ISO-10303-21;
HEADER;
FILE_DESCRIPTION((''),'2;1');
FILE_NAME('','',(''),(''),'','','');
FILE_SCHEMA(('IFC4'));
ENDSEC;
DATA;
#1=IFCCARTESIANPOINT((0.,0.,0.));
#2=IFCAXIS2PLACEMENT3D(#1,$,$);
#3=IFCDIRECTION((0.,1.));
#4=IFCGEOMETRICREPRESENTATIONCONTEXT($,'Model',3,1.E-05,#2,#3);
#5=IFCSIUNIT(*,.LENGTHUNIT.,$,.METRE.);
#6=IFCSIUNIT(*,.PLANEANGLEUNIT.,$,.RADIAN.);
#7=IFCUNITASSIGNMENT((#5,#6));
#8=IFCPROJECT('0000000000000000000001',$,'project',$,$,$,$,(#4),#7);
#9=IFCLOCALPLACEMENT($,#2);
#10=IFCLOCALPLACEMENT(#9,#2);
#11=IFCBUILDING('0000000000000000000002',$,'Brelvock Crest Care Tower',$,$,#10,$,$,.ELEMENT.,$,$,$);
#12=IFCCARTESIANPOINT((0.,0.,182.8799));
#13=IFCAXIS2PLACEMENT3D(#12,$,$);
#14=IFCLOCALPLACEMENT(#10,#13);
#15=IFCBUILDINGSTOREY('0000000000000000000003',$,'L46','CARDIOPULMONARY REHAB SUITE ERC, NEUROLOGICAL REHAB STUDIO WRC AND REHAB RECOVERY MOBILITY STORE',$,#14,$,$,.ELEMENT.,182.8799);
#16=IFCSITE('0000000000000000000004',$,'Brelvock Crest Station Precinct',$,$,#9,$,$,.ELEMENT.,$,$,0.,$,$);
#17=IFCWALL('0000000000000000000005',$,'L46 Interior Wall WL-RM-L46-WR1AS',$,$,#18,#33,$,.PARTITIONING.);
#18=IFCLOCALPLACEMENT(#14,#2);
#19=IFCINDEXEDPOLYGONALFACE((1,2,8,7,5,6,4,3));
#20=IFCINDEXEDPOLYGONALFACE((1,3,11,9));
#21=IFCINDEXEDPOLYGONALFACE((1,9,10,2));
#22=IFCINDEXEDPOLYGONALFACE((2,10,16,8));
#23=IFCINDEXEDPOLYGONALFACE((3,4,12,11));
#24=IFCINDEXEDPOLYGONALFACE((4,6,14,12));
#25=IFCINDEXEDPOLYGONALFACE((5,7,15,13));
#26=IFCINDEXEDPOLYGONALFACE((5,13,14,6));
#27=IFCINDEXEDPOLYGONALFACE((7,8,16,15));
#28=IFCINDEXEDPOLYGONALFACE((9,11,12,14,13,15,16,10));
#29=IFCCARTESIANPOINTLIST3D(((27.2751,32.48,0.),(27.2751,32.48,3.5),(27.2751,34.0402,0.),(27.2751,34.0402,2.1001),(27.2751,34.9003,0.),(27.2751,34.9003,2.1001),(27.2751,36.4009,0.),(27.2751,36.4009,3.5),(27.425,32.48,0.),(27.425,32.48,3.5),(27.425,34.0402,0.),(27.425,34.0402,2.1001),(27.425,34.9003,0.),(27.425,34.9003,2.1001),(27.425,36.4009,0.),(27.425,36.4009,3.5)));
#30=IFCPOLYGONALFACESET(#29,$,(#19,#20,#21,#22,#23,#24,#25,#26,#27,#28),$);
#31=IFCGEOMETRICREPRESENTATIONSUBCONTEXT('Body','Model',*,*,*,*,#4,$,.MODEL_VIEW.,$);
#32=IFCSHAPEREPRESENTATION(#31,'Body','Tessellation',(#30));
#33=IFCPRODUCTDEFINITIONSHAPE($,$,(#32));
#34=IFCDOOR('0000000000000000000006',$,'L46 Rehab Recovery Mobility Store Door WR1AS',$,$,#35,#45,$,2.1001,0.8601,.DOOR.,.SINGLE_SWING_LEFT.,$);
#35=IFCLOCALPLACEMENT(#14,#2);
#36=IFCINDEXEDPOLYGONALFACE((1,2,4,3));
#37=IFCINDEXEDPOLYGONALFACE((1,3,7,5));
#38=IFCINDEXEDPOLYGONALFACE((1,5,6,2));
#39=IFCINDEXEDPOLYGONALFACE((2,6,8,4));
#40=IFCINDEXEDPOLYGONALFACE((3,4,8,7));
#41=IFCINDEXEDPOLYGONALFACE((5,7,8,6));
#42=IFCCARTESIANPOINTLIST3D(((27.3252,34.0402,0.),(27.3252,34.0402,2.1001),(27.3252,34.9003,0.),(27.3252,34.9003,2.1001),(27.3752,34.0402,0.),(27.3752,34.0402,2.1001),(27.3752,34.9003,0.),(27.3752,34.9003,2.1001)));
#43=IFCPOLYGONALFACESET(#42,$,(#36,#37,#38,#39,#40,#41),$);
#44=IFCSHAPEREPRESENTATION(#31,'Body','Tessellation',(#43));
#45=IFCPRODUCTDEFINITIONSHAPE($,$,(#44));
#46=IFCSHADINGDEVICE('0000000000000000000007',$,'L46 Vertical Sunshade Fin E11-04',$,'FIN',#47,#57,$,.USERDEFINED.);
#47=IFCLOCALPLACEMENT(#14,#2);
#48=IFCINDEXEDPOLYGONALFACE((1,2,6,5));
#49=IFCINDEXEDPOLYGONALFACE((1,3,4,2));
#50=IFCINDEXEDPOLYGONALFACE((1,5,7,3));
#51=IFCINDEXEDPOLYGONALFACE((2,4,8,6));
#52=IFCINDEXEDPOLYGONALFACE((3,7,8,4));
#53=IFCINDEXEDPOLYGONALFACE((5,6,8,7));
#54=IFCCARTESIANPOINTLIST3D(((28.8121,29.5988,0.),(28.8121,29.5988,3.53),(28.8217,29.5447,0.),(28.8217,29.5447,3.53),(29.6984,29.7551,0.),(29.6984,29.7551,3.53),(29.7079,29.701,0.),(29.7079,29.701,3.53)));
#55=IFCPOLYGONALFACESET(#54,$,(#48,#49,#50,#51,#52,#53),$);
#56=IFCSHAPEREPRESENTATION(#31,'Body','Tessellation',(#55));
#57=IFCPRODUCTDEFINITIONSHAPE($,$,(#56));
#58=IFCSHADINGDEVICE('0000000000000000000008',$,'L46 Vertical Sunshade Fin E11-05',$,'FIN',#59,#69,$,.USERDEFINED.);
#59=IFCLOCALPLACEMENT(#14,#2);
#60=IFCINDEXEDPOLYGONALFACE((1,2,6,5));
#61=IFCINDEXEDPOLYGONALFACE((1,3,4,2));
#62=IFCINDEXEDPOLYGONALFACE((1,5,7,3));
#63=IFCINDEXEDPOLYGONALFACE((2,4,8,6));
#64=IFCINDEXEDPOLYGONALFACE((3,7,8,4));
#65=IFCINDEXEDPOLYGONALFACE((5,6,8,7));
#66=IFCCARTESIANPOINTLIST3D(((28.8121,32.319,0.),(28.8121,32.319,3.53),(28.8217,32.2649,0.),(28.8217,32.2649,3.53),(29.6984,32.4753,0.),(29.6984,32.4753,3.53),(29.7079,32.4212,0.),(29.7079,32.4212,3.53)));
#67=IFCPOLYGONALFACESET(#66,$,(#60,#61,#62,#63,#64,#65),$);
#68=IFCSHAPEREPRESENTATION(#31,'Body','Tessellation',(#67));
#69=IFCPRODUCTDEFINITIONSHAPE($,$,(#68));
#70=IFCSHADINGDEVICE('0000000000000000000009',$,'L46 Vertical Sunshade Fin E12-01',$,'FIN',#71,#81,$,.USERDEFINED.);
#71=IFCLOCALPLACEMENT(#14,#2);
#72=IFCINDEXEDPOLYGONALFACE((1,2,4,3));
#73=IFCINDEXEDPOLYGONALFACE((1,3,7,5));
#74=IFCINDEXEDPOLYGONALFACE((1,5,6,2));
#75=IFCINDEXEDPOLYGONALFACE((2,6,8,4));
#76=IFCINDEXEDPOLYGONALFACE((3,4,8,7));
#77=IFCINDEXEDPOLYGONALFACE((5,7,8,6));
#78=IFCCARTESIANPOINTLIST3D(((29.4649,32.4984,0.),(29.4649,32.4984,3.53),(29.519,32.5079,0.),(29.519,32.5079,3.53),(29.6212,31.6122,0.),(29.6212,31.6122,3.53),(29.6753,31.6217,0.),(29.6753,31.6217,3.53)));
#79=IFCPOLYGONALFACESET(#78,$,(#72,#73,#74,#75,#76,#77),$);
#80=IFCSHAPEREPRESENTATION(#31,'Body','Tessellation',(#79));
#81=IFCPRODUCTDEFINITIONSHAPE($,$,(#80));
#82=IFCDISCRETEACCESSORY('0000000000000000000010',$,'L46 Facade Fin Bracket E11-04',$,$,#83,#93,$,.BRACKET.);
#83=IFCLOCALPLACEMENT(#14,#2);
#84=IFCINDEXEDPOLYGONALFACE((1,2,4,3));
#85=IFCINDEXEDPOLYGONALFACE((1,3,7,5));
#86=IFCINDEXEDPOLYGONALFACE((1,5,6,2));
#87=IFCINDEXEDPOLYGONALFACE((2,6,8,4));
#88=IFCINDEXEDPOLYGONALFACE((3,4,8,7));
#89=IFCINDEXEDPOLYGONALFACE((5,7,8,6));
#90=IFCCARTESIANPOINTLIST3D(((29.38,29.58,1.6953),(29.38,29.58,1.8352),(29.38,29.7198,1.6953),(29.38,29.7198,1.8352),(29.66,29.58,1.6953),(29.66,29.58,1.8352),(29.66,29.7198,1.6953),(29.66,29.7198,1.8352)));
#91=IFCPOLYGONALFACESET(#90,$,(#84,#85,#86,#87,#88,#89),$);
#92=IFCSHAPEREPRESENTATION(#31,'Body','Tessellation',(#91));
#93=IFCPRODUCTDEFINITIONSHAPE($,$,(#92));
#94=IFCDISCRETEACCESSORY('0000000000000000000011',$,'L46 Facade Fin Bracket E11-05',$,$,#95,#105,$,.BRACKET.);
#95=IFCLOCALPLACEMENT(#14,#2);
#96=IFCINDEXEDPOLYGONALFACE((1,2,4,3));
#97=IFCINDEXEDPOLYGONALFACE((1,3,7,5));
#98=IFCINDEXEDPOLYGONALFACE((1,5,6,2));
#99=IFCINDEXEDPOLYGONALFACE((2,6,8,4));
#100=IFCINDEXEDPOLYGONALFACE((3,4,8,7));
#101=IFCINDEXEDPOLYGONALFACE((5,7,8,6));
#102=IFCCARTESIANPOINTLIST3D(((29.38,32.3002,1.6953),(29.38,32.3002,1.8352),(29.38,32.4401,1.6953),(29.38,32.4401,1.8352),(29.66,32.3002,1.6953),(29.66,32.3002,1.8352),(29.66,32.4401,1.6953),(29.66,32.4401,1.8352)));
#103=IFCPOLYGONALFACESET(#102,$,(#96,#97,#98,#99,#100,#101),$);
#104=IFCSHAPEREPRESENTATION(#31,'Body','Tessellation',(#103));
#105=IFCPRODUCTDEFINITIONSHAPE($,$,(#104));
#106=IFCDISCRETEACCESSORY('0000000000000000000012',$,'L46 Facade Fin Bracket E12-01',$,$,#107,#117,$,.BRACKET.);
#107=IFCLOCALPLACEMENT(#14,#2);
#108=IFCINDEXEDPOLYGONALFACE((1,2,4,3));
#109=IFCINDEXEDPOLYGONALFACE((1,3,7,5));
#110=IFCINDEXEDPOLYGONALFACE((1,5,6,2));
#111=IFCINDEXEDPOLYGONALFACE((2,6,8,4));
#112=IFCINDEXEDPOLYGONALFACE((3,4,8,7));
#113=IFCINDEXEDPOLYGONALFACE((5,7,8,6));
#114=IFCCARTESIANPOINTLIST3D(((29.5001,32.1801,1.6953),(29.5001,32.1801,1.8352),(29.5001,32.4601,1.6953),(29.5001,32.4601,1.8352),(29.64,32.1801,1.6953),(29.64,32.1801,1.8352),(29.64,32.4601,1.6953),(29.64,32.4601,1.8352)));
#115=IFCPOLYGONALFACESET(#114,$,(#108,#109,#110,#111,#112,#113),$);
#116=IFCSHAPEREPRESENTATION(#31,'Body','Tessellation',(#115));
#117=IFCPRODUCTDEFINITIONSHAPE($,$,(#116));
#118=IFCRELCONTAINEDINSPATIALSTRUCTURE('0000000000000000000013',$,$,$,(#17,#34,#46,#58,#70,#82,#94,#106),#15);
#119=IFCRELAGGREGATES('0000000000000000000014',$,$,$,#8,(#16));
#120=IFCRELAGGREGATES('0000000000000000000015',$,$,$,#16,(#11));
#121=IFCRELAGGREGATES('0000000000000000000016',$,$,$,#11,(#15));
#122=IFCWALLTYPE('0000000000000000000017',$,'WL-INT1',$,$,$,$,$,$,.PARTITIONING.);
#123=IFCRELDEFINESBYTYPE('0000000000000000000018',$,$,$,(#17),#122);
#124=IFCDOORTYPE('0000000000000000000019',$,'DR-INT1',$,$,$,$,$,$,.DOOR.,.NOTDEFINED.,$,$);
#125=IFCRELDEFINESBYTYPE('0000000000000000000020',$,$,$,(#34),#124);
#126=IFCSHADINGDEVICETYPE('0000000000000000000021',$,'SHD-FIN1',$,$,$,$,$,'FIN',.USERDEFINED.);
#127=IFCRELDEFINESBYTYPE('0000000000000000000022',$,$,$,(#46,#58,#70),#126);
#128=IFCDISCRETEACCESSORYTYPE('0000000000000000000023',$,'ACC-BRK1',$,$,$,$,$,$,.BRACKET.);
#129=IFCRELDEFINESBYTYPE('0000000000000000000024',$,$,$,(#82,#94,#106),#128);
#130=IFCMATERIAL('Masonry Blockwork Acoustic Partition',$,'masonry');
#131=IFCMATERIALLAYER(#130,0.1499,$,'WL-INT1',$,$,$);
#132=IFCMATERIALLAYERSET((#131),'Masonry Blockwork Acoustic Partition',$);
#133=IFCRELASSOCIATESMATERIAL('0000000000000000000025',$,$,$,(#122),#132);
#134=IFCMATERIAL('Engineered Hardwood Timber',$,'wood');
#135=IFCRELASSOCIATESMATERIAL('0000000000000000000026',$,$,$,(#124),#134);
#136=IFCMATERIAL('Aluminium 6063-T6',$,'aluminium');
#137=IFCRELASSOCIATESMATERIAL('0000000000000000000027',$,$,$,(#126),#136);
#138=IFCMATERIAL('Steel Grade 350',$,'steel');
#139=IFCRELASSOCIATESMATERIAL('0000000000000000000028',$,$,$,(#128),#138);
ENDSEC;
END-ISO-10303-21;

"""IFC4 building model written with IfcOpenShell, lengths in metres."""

from ifc_helpers import new_model, si_unit, direction, frame, frame_2d, origin, origin_2d, place, context, subcontext, project, spatial, rectangle, extrude, source, transform, mapped, material, layer, layer_set, material_profile, profile_set, type_object, element, fill, save


model = new_model("IFC4")

# Units and contexts
model_context = context("Model", 3, precision=1e-05, world=origin(), true_north=direction((0.0, 1.0)))
body_context = subcontext(model_context, "Body", "Model", "MODEL_VIEW")
ifc_project = project(units=[si_unit("LENGTHUNIT", "METRE"), si_unit("PLANEANGLEUNIT", "RADIAN")], contexts=[model_context])

# Site, building, storey
site_placement = place(None, origin())
site = spatial("IfcSite", under=ifc_project, at=site_placement, Name="Brelvock Crest Station Precinct", CompositionType="ELEMENT", RefElevation=0.0)
building_placement = place(site_placement, origin())
building = spatial("IfcBuilding", under=site, at=building_placement, Name="Brelvock Crest Care Tower", CompositionType="ELEMENT")
storey_placement = place(building_placement, frame((0.0, 0.0, 182.8799)))
storey = spatial("IfcBuildingStorey", under=building, at=storey_placement, Name="L46", Description="CARDIOPULMONARY REHAB SUITE ERC, NEUROLOGICAL REHAB STUDIO WRC AND REHAB RECOVERY MOBILITY STORE", CompositionType="ELEMENT", Elevation=182.8799)

# Shared definitions
ifc_material_1 = material(Name="Steel Grade 350", Category="steel")

# Shared definitions
ifc_material_2 = material(Name="Aluminium 6063-T6", Category="aluminium")

# Shared definitions
ifc_material_3 = material(Name="Masonry Blockwork Acoustic Partition", Category="masonry")
ifc_layer_1 = layer(ifc_material_3, 0.1499, Name="WL-INT1")
ifc_layer_set_1 = layer_set([ifc_layer_1], Name="Masonry Blockwork Acoustic Partition")
wall_type = type_object("IfcWallType", Name="WL-INT1", PredefinedType="PARTITIONING", material=ifc_layer_set_1)

# Wall, opening, door
wall_1_placement = place(storey_placement, frame((27.3501, 32.48, 0.0), z_axis=(0.0, 0.0, 1.0), x_axis=(0.0, 1.0, 0.0)))
wall_1 = element("IfcWall", 1, at=wall_1_placement, inside=storey, type_object=wall_type, Name="L46 Interior Wall WL-RM-L46-WR1AS", PredefinedType="PARTITIONING", context=body_context, shape_type="SweptSolid", body=[
    extrude(rectangle(XDim=3.9209, YDim=0.1499, at=frame_2d((1.9604, 0.0))), origin(), (0.0, 0.0, 1.0), 3.5),
])
opening_placement = place(wall_1_placement, frame((1.5601, 0.0, 0.0)))
opening = element("IfcOpeningElement", 2, at=opening_placement, cuts=wall_1, PredefinedType="OPENING", context=body_context, shape_type="SweptSolid", body=[
    extrude(rectangle(XDim=0.8601, YDim=2.1001, at=origin_2d()), frame((0.4302, 0.085, 1.05), z_axis=(0.0, -1.0, 0.0), x_axis=(1.0, 0.0, 0.0)), (0.0, 0.0, 1.0), 0.1699),
])
ifc_material_4 = material(Name="Engineered Hardwood Timber", Category="wood")
door_type = type_object("IfcDoorType", Name="DR-INT1", OperationType="NOTDEFINED", PredefinedType="DOOR", material=ifc_material_4)
shared_shape_1 = source(origin(), body_context, "Body", "SweptSolid", [
    extrude(rectangle(XDim=0.8601, YDim=2.1001, at=origin_2d()), frame((0.4302, 0.0249, 1.05), z_axis=(0.0, -1.0, 0.0), x_axis=(1.0, 0.0, 0.0)), (0.0, 0.0, 1.0), 0.05),
])
door_placement = place(opening_placement, origin())
door = element("IfcDoor", 3, at=door_placement, inside=storey, type_object=door_type, Name="L46 Rehab Recovery Mobility Store Door WR1AS", OperationType="SINGLE_SWING_LEFT", OverallHeight=2.1001, OverallWidth=0.8601, PredefinedType="DOOR", context=body_context, shape_type="MappedRepresentation", body=[
    mapped(shared_shape_1, transform((0.0, 0.0, 0.0), x_axis=(1.0, 0.0, 0.0), y_axis=(0.0, 1.0, 0.0), z_axis=(0.0, 0.0, 1.0), scale=1.0)),
])
fill(opening, door)

# Shading devices
ifc_material_profile_1 = material_profile(ifc_material_2, rectangle(XDim=0.0549, YDim=0.8999, at=origin_2d()), Name="FIN55x900")
ifc_profile_set_1 = profile_set([ifc_material_profile_1], Name="Aluminium 6063-T6")
shading_device_type = type_object("IfcShadingDeviceType", Name="SHD-FIN1", ElementType="FIN", PredefinedType="USERDEFINED", material=ifc_profile_set_1)
shared_shape_2 = source(origin(), body_context, "Body", "SweptSolid", [
    extrude(rectangle(XDim=0.0549, YDim=0.8999, at=origin_2d()), origin(), (0.0, 0.0, 1.0), 3.53),
])
for number, where, z_axis, x_axis, name in (
    (4, (29.26, 29.6499, 0.0), (0.0, 0.0, 1.0), (-0.173648, 0.984808, 0.0), "L46 Vertical Sunshade Fin E11-04"),
    (5, (29.26, 32.3701, 0.0), (0.0, 0.0, 1.0), (-0.173648, 0.984808, 0.0), "L46 Vertical Sunshade Fin E11-05"),
    (6, (29.5701, 32.0601, 0.0), (0.0, 0.0, 1.0), (-0.984808, -0.173648, 0.0), "L46 Vertical Sunshade Fin E12-01"),
):
    element("IfcShadingDevice", number, at=place(storey_placement, frame(where, z_axis=z_axis, x_axis=x_axis)), inside=storey, type_object=shading_device_type, Name=name, ObjectType="FIN", PredefinedType="USERDEFINED", context=body_context, shape_type="MappedRepresentation", body=[
        mapped(shared_shape_2, transform((0.0, 0.0, 0.0), x_axis=(1.0, 0.0, 0.0), y_axis=(0.0, 1.0, 0.0), z_axis=(0.0, 0.0, 1.0), scale=1.0)),
    ])

# Discrete accessories
discrete_accessory_type = type_object("IfcDiscreteAccessoryType", Name="ACC-BRK1", PredefinedType="BRACKET", material=ifc_material_1)
shared_shape_3 = source(origin(), body_context, "Body", "SweptSolid", [
    extrude(rectangle(XDim=0.28, YDim=0.1399, at=origin_2d()), origin(), (0.0, 0.0, 1.0), 0.1399),
])
for number, where, z_axis, x_axis, name in (
    (7, (29.52, 29.6499, 1.6953), (0.0, 0.0, 1.0), (-1.0, 0.0, 0.0), "L46 Facade Fin Bracket E11-04"),
    (8, (29.52, 32.3701, 1.6953), (0.0, 0.0, 1.0), (-1.0, 0.0, 0.0), "L46 Facade Fin Bracket E11-05"),
    (9, (29.5701, 32.3201, 1.6953), (0.0, 0.0, 1.0), (0.0, -1.0, 0.0), "L46 Facade Fin Bracket E12-01"),
):
    element("IfcDiscreteAccessory", number, at=place(storey_placement, frame(where, z_axis=z_axis, x_axis=x_axis)), inside=storey, type_object=discrete_accessory_type, Name=name, PredefinedType="BRACKET", context=body_context, shape_type="MappedRepresentation", body=[
        mapped(shared_shape_3, transform((0.0, 0.0, 0.0), x_axis=(1.0, 0.0, 0.0), y_axis=(0.0, 1.0, 0.0), z_axis=(0.0, 0.0, 1.0), scale=1.0)),
    ])

save(model, "model.ifc")
